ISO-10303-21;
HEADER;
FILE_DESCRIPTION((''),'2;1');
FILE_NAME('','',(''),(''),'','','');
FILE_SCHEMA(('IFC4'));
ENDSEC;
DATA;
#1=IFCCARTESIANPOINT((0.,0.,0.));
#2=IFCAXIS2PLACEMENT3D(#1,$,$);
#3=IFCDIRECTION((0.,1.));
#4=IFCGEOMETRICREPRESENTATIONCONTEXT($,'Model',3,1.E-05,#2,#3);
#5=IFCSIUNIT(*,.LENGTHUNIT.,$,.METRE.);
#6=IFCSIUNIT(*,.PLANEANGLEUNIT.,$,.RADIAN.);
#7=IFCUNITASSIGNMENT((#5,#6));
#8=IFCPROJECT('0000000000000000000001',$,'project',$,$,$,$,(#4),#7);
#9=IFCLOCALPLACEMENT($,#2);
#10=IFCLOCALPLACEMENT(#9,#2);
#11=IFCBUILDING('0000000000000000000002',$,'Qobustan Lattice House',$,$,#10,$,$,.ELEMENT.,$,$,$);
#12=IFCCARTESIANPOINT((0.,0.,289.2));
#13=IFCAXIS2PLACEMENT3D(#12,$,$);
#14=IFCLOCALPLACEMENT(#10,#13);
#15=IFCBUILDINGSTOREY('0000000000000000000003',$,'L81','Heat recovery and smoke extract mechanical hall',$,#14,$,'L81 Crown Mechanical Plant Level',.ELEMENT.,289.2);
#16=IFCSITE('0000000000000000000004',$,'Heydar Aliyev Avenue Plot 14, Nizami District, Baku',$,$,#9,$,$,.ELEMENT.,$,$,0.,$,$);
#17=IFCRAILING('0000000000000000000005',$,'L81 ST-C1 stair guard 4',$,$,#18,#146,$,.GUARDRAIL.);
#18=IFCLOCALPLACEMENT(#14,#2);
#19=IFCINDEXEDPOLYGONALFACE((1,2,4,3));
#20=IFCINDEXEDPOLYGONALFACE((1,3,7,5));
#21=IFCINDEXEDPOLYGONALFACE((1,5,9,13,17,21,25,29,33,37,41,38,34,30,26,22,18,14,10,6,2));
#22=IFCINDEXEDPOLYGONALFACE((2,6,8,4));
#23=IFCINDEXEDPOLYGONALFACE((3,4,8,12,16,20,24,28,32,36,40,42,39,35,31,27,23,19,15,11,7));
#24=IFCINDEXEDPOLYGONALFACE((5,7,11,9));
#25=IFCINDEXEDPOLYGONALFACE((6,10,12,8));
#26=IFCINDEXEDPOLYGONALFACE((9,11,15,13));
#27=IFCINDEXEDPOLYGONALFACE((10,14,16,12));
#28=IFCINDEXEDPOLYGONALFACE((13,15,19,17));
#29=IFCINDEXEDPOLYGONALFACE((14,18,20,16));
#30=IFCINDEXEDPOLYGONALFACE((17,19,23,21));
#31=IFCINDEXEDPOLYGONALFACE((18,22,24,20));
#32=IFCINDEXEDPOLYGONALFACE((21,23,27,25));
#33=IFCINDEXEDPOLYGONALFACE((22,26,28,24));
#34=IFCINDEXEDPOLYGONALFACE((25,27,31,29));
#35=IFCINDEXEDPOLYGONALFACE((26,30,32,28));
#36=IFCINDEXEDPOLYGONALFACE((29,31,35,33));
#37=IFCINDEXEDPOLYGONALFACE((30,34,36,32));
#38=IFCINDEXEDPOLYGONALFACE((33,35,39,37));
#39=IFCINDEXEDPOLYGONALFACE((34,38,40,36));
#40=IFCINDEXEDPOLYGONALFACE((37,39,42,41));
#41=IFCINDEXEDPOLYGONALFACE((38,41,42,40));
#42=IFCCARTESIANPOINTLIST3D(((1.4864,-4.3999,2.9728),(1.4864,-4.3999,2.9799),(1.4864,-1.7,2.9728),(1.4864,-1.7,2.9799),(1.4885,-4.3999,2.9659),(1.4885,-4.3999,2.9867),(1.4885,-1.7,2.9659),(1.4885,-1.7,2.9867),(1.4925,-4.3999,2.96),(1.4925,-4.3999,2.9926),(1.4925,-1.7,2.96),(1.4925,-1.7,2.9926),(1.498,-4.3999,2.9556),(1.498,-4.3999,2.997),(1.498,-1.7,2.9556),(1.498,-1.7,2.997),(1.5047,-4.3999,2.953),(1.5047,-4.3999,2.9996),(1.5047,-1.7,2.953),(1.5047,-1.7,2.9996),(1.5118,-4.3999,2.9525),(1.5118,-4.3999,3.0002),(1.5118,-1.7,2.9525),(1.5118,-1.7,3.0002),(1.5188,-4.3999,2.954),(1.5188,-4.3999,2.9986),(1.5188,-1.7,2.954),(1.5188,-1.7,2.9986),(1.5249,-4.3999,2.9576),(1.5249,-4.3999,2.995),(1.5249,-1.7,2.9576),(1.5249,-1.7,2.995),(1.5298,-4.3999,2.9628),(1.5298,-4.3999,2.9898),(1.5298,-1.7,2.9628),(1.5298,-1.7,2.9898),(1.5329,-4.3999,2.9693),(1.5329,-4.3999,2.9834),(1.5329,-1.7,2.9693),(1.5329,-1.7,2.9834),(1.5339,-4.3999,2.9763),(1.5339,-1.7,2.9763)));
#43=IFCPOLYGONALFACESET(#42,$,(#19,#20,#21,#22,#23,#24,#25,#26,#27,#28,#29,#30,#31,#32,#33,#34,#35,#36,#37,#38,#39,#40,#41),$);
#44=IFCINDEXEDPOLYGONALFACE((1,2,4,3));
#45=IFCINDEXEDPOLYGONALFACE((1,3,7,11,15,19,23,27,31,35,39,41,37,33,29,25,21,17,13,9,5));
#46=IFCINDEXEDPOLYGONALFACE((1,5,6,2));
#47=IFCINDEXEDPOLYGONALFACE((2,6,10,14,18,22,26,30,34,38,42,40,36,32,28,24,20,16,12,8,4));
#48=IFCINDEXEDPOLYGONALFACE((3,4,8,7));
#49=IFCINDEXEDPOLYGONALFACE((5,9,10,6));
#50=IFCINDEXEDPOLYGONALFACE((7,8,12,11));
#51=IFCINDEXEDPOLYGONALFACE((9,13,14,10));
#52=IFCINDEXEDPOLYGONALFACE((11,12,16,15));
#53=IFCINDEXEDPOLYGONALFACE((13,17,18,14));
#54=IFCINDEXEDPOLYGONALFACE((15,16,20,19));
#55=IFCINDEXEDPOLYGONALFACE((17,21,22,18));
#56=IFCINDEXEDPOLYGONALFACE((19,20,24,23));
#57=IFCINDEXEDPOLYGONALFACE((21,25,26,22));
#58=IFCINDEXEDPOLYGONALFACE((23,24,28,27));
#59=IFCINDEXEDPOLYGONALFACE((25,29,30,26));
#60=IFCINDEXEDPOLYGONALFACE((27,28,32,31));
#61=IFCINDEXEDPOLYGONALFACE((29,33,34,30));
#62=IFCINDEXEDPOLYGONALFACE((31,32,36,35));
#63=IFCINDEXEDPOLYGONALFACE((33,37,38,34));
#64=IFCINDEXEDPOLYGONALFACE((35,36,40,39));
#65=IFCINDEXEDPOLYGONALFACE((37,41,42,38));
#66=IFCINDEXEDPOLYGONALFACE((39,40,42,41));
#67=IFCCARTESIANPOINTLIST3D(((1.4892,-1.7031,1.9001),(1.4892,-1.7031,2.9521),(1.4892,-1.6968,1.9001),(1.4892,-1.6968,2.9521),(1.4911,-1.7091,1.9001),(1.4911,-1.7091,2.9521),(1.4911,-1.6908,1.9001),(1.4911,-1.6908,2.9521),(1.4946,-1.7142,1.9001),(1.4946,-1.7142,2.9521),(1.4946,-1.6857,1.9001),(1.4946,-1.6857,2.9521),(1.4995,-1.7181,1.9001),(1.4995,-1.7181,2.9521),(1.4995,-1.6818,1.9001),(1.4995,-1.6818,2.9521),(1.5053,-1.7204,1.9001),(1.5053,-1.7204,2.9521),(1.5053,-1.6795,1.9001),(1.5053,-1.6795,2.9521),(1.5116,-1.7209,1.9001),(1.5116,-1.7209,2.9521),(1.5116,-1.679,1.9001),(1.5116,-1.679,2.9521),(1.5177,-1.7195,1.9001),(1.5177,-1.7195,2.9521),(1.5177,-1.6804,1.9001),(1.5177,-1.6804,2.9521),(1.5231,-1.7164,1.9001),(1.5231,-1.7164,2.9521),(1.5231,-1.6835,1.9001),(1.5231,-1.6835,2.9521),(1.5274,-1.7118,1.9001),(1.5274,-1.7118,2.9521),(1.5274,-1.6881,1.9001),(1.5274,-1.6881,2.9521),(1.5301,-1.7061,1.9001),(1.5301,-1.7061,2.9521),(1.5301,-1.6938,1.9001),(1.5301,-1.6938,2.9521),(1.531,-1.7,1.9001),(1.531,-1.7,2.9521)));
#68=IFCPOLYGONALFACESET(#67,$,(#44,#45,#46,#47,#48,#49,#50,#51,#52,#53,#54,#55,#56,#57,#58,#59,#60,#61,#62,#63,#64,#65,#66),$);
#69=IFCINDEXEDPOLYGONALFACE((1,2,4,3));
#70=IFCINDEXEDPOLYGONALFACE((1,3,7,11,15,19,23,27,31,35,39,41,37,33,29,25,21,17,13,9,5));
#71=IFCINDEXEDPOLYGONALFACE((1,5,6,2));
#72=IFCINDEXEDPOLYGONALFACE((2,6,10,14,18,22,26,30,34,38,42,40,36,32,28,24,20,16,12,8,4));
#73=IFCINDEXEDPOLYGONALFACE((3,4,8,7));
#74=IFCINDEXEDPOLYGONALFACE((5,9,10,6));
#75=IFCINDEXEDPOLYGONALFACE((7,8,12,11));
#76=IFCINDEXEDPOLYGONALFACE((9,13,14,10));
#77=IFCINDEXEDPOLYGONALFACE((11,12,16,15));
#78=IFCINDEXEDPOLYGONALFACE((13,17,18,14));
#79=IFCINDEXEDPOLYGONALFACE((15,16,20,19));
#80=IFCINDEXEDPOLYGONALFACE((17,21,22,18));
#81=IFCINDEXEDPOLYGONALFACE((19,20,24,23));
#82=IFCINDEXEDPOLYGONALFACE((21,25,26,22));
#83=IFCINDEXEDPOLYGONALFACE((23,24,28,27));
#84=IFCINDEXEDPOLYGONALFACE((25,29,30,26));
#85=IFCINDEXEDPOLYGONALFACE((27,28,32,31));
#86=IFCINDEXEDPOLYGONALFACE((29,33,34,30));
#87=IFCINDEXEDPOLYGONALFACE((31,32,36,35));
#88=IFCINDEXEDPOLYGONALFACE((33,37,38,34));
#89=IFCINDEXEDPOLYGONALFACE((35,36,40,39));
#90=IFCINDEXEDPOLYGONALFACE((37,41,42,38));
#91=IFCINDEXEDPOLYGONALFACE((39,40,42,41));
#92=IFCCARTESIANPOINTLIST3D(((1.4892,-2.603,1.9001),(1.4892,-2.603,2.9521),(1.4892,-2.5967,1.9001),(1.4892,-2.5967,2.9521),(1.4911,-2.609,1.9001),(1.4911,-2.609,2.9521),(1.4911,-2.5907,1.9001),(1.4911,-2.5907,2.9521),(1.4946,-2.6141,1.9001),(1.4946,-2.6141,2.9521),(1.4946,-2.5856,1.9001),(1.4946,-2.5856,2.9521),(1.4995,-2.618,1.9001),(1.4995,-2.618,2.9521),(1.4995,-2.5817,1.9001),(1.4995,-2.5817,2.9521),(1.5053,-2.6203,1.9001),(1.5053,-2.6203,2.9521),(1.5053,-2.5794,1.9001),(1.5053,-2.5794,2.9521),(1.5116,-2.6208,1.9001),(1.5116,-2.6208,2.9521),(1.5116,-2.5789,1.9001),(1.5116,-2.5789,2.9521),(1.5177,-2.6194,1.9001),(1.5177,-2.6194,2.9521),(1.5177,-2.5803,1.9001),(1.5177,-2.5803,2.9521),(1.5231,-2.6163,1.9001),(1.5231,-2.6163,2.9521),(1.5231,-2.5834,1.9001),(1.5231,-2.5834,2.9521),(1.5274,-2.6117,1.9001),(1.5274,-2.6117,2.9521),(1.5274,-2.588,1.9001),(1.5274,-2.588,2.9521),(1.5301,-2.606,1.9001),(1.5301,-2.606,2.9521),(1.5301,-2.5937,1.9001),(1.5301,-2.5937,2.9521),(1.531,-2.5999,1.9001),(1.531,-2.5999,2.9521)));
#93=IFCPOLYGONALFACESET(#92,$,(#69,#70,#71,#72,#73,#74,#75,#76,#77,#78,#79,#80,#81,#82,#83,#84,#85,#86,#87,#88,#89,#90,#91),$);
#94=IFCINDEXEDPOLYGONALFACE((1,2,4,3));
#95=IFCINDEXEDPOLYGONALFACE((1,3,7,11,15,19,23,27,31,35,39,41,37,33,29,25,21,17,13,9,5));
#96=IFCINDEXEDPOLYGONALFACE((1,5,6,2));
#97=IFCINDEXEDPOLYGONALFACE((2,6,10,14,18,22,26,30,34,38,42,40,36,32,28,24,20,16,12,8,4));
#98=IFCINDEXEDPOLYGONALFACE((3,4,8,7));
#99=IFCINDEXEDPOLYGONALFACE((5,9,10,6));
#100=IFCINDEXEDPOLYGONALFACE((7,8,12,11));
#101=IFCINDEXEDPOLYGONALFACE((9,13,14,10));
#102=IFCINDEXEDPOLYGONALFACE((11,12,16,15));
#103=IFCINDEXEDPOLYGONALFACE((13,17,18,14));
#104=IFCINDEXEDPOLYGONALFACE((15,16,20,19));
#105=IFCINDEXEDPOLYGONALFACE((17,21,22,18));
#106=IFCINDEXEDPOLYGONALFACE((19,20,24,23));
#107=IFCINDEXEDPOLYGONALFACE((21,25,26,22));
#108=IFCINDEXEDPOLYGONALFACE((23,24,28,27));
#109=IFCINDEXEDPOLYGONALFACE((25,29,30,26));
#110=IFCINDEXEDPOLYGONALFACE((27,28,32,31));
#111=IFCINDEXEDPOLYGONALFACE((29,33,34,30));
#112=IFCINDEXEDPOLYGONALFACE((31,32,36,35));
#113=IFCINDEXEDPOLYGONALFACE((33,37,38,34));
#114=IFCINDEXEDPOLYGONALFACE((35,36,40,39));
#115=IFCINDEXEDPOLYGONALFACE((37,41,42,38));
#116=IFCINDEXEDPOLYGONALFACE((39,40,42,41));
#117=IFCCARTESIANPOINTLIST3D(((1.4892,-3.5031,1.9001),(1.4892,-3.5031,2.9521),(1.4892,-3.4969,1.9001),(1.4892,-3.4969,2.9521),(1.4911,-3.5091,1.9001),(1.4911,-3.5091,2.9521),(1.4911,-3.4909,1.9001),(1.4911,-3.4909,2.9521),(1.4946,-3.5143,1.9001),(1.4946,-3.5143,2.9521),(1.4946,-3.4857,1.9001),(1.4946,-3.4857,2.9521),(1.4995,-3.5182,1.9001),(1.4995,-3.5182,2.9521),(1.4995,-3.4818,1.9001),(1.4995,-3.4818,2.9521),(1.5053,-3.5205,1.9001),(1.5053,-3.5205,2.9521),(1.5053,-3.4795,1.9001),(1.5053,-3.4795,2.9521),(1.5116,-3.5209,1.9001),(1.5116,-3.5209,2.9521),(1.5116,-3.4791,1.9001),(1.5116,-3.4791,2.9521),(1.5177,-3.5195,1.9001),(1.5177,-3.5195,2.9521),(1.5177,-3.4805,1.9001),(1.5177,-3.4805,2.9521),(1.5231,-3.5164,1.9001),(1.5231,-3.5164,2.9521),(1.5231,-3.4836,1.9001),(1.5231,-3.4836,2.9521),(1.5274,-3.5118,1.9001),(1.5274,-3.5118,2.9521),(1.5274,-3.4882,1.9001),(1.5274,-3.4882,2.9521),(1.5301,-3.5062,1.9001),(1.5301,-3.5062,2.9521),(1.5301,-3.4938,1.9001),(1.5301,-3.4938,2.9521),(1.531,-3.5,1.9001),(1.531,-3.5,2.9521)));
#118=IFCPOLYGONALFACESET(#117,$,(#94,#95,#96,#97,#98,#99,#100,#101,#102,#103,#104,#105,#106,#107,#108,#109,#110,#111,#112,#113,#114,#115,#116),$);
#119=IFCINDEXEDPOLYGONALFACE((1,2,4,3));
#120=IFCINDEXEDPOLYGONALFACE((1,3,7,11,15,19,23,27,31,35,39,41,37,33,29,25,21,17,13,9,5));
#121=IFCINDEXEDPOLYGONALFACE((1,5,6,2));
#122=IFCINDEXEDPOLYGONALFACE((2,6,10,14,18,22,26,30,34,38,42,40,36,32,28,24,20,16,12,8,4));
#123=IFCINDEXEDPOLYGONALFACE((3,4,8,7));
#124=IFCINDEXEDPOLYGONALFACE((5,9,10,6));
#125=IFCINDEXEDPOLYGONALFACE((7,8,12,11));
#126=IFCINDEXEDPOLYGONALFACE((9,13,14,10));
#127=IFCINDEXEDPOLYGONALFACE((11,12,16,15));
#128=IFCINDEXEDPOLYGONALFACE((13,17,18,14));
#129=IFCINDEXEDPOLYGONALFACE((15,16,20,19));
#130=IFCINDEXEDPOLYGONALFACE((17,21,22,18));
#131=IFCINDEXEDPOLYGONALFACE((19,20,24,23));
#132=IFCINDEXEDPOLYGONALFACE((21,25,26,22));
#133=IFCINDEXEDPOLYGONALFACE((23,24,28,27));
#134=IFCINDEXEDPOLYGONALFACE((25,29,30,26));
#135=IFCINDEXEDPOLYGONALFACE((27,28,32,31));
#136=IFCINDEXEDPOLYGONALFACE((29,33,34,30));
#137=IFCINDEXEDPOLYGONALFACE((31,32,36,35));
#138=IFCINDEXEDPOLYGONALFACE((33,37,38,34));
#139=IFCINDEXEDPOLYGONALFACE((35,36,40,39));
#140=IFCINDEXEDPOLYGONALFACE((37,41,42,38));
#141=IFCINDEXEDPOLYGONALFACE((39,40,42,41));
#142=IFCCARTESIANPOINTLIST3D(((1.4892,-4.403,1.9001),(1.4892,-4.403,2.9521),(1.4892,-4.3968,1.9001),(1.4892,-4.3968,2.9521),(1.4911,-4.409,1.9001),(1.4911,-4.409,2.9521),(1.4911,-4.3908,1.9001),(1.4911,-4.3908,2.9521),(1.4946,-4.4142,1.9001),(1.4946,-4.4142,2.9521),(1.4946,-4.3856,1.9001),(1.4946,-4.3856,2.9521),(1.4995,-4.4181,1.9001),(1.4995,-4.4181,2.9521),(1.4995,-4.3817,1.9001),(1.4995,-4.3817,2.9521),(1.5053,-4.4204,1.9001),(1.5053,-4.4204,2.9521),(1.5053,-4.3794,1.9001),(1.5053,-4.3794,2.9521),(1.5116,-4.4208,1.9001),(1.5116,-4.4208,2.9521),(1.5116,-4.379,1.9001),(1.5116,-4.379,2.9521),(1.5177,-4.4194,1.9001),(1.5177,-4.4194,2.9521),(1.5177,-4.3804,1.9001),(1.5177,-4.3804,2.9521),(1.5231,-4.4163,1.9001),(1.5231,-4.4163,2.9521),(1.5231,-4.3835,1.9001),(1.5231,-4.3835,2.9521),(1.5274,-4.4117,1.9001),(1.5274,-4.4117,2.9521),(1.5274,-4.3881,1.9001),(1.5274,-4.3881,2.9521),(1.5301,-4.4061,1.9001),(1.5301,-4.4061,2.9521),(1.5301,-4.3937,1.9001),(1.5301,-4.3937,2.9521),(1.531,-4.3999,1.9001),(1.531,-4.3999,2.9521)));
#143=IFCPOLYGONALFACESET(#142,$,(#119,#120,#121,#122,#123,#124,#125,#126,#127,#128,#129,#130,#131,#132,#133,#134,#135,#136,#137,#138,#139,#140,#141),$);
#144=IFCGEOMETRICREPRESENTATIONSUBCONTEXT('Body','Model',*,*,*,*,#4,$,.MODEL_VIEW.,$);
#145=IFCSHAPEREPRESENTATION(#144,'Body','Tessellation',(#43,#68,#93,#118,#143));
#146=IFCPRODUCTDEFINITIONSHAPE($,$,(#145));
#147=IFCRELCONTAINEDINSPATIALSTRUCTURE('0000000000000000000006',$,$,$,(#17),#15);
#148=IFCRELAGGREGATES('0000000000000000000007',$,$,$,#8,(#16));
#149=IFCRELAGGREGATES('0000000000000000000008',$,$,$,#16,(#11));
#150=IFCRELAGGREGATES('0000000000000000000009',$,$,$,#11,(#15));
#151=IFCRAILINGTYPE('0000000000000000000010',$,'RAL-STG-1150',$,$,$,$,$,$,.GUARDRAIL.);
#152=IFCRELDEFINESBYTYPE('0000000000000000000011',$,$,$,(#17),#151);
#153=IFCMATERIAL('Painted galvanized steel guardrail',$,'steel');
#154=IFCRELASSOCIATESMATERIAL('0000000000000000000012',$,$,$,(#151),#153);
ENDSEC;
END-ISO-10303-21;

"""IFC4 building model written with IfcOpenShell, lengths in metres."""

from ifc_helpers import new_model, si_unit, direction, frame, origin, origin_2d, place, context, subcontext, project, spatial, circle, extrude, material, type_object, element, save


model = new_model("IFC4")

# Units and contexts
model_context = context("Model", 3, precision=1e-05, world=origin(), true_north=direction((0.0, 1.0)))
body_context = subcontext(model_context, "Body", "Model", "MODEL_VIEW")
ifc_project = project(units=[si_unit("LENGTHUNIT", "METRE"), si_unit("PLANEANGLEUNIT", "RADIAN")], contexts=[model_context])

# Site, building, storey
site_placement = place(None, origin())
site = spatial("IfcSite", under=ifc_project, at=site_placement, Name="Heydar Aliyev Avenue Plot 14, Nizami District, Baku", CompositionType="ELEMENT", RefElevation=0.0)
building_placement = place(site_placement, origin())
building = spatial("IfcBuilding", under=site, at=building_placement, Name="Qobustan Lattice House", CompositionType="ELEMENT")
storey_placement = place(building_placement, frame((0.0, 0.0, 289.2)))
storey = spatial("IfcBuildingStorey", under=building, at=storey_placement, Name="L81", Description="Heat recovery and smoke extract mechanical hall", LongName="L81 Crown Mechanical Plant Level", CompositionType="ELEMENT", Elevation=289.2)

# Railing
ifc_material_1 = material(Name="Painted galvanized steel guardrail", Category="steel")
railing_type_1 = type_object("IfcRailingType", Name="RAL-STG-1150", PredefinedType="GUARDRAIL", material=ifc_material_1)
railing_1_placement = place(storey_placement, frame((1.51, -1.7, 1.9001)))
element("IfcRailing", 1, at=railing_1_placement, inside=storey, type_object=railing_type_1, Name="L81 ST-C1 stair guard 4", PredefinedType="GUARDRAIL", context=body_context, shape_type="SweptSolid", body=[
    extrude(circle(Radius=0.0239, at=origin_2d()), frame((0.0, 0.0, 1.0762), z_axis=(0.0, -1.0, 0.0), x_axis=(1.0, 0.0, 0.0)), (0.0, 0.0, 1.0), 2.7),
    extrude(circle(Radius=0.021, at=origin_2d()), origin(), (0.0, 0.0, 1.0), 1.052),
    extrude(circle(Radius=0.021, at=origin_2d()), frame((0.0, -0.8999, 0.0)), (0.0, 0.0, 1.0), 1.052),
    extrude(circle(Radius=0.021, at=origin_2d()), frame((0.0, -1.8, 0.0)), (0.0, 0.0, 1.0), 1.052),
    extrude(circle(Radius=0.021, at=origin_2d()), frame((0.0, -2.7, 0.0)), (0.0, 0.0, 1.0), 1.052),
])

save(model, "model.ifc")
